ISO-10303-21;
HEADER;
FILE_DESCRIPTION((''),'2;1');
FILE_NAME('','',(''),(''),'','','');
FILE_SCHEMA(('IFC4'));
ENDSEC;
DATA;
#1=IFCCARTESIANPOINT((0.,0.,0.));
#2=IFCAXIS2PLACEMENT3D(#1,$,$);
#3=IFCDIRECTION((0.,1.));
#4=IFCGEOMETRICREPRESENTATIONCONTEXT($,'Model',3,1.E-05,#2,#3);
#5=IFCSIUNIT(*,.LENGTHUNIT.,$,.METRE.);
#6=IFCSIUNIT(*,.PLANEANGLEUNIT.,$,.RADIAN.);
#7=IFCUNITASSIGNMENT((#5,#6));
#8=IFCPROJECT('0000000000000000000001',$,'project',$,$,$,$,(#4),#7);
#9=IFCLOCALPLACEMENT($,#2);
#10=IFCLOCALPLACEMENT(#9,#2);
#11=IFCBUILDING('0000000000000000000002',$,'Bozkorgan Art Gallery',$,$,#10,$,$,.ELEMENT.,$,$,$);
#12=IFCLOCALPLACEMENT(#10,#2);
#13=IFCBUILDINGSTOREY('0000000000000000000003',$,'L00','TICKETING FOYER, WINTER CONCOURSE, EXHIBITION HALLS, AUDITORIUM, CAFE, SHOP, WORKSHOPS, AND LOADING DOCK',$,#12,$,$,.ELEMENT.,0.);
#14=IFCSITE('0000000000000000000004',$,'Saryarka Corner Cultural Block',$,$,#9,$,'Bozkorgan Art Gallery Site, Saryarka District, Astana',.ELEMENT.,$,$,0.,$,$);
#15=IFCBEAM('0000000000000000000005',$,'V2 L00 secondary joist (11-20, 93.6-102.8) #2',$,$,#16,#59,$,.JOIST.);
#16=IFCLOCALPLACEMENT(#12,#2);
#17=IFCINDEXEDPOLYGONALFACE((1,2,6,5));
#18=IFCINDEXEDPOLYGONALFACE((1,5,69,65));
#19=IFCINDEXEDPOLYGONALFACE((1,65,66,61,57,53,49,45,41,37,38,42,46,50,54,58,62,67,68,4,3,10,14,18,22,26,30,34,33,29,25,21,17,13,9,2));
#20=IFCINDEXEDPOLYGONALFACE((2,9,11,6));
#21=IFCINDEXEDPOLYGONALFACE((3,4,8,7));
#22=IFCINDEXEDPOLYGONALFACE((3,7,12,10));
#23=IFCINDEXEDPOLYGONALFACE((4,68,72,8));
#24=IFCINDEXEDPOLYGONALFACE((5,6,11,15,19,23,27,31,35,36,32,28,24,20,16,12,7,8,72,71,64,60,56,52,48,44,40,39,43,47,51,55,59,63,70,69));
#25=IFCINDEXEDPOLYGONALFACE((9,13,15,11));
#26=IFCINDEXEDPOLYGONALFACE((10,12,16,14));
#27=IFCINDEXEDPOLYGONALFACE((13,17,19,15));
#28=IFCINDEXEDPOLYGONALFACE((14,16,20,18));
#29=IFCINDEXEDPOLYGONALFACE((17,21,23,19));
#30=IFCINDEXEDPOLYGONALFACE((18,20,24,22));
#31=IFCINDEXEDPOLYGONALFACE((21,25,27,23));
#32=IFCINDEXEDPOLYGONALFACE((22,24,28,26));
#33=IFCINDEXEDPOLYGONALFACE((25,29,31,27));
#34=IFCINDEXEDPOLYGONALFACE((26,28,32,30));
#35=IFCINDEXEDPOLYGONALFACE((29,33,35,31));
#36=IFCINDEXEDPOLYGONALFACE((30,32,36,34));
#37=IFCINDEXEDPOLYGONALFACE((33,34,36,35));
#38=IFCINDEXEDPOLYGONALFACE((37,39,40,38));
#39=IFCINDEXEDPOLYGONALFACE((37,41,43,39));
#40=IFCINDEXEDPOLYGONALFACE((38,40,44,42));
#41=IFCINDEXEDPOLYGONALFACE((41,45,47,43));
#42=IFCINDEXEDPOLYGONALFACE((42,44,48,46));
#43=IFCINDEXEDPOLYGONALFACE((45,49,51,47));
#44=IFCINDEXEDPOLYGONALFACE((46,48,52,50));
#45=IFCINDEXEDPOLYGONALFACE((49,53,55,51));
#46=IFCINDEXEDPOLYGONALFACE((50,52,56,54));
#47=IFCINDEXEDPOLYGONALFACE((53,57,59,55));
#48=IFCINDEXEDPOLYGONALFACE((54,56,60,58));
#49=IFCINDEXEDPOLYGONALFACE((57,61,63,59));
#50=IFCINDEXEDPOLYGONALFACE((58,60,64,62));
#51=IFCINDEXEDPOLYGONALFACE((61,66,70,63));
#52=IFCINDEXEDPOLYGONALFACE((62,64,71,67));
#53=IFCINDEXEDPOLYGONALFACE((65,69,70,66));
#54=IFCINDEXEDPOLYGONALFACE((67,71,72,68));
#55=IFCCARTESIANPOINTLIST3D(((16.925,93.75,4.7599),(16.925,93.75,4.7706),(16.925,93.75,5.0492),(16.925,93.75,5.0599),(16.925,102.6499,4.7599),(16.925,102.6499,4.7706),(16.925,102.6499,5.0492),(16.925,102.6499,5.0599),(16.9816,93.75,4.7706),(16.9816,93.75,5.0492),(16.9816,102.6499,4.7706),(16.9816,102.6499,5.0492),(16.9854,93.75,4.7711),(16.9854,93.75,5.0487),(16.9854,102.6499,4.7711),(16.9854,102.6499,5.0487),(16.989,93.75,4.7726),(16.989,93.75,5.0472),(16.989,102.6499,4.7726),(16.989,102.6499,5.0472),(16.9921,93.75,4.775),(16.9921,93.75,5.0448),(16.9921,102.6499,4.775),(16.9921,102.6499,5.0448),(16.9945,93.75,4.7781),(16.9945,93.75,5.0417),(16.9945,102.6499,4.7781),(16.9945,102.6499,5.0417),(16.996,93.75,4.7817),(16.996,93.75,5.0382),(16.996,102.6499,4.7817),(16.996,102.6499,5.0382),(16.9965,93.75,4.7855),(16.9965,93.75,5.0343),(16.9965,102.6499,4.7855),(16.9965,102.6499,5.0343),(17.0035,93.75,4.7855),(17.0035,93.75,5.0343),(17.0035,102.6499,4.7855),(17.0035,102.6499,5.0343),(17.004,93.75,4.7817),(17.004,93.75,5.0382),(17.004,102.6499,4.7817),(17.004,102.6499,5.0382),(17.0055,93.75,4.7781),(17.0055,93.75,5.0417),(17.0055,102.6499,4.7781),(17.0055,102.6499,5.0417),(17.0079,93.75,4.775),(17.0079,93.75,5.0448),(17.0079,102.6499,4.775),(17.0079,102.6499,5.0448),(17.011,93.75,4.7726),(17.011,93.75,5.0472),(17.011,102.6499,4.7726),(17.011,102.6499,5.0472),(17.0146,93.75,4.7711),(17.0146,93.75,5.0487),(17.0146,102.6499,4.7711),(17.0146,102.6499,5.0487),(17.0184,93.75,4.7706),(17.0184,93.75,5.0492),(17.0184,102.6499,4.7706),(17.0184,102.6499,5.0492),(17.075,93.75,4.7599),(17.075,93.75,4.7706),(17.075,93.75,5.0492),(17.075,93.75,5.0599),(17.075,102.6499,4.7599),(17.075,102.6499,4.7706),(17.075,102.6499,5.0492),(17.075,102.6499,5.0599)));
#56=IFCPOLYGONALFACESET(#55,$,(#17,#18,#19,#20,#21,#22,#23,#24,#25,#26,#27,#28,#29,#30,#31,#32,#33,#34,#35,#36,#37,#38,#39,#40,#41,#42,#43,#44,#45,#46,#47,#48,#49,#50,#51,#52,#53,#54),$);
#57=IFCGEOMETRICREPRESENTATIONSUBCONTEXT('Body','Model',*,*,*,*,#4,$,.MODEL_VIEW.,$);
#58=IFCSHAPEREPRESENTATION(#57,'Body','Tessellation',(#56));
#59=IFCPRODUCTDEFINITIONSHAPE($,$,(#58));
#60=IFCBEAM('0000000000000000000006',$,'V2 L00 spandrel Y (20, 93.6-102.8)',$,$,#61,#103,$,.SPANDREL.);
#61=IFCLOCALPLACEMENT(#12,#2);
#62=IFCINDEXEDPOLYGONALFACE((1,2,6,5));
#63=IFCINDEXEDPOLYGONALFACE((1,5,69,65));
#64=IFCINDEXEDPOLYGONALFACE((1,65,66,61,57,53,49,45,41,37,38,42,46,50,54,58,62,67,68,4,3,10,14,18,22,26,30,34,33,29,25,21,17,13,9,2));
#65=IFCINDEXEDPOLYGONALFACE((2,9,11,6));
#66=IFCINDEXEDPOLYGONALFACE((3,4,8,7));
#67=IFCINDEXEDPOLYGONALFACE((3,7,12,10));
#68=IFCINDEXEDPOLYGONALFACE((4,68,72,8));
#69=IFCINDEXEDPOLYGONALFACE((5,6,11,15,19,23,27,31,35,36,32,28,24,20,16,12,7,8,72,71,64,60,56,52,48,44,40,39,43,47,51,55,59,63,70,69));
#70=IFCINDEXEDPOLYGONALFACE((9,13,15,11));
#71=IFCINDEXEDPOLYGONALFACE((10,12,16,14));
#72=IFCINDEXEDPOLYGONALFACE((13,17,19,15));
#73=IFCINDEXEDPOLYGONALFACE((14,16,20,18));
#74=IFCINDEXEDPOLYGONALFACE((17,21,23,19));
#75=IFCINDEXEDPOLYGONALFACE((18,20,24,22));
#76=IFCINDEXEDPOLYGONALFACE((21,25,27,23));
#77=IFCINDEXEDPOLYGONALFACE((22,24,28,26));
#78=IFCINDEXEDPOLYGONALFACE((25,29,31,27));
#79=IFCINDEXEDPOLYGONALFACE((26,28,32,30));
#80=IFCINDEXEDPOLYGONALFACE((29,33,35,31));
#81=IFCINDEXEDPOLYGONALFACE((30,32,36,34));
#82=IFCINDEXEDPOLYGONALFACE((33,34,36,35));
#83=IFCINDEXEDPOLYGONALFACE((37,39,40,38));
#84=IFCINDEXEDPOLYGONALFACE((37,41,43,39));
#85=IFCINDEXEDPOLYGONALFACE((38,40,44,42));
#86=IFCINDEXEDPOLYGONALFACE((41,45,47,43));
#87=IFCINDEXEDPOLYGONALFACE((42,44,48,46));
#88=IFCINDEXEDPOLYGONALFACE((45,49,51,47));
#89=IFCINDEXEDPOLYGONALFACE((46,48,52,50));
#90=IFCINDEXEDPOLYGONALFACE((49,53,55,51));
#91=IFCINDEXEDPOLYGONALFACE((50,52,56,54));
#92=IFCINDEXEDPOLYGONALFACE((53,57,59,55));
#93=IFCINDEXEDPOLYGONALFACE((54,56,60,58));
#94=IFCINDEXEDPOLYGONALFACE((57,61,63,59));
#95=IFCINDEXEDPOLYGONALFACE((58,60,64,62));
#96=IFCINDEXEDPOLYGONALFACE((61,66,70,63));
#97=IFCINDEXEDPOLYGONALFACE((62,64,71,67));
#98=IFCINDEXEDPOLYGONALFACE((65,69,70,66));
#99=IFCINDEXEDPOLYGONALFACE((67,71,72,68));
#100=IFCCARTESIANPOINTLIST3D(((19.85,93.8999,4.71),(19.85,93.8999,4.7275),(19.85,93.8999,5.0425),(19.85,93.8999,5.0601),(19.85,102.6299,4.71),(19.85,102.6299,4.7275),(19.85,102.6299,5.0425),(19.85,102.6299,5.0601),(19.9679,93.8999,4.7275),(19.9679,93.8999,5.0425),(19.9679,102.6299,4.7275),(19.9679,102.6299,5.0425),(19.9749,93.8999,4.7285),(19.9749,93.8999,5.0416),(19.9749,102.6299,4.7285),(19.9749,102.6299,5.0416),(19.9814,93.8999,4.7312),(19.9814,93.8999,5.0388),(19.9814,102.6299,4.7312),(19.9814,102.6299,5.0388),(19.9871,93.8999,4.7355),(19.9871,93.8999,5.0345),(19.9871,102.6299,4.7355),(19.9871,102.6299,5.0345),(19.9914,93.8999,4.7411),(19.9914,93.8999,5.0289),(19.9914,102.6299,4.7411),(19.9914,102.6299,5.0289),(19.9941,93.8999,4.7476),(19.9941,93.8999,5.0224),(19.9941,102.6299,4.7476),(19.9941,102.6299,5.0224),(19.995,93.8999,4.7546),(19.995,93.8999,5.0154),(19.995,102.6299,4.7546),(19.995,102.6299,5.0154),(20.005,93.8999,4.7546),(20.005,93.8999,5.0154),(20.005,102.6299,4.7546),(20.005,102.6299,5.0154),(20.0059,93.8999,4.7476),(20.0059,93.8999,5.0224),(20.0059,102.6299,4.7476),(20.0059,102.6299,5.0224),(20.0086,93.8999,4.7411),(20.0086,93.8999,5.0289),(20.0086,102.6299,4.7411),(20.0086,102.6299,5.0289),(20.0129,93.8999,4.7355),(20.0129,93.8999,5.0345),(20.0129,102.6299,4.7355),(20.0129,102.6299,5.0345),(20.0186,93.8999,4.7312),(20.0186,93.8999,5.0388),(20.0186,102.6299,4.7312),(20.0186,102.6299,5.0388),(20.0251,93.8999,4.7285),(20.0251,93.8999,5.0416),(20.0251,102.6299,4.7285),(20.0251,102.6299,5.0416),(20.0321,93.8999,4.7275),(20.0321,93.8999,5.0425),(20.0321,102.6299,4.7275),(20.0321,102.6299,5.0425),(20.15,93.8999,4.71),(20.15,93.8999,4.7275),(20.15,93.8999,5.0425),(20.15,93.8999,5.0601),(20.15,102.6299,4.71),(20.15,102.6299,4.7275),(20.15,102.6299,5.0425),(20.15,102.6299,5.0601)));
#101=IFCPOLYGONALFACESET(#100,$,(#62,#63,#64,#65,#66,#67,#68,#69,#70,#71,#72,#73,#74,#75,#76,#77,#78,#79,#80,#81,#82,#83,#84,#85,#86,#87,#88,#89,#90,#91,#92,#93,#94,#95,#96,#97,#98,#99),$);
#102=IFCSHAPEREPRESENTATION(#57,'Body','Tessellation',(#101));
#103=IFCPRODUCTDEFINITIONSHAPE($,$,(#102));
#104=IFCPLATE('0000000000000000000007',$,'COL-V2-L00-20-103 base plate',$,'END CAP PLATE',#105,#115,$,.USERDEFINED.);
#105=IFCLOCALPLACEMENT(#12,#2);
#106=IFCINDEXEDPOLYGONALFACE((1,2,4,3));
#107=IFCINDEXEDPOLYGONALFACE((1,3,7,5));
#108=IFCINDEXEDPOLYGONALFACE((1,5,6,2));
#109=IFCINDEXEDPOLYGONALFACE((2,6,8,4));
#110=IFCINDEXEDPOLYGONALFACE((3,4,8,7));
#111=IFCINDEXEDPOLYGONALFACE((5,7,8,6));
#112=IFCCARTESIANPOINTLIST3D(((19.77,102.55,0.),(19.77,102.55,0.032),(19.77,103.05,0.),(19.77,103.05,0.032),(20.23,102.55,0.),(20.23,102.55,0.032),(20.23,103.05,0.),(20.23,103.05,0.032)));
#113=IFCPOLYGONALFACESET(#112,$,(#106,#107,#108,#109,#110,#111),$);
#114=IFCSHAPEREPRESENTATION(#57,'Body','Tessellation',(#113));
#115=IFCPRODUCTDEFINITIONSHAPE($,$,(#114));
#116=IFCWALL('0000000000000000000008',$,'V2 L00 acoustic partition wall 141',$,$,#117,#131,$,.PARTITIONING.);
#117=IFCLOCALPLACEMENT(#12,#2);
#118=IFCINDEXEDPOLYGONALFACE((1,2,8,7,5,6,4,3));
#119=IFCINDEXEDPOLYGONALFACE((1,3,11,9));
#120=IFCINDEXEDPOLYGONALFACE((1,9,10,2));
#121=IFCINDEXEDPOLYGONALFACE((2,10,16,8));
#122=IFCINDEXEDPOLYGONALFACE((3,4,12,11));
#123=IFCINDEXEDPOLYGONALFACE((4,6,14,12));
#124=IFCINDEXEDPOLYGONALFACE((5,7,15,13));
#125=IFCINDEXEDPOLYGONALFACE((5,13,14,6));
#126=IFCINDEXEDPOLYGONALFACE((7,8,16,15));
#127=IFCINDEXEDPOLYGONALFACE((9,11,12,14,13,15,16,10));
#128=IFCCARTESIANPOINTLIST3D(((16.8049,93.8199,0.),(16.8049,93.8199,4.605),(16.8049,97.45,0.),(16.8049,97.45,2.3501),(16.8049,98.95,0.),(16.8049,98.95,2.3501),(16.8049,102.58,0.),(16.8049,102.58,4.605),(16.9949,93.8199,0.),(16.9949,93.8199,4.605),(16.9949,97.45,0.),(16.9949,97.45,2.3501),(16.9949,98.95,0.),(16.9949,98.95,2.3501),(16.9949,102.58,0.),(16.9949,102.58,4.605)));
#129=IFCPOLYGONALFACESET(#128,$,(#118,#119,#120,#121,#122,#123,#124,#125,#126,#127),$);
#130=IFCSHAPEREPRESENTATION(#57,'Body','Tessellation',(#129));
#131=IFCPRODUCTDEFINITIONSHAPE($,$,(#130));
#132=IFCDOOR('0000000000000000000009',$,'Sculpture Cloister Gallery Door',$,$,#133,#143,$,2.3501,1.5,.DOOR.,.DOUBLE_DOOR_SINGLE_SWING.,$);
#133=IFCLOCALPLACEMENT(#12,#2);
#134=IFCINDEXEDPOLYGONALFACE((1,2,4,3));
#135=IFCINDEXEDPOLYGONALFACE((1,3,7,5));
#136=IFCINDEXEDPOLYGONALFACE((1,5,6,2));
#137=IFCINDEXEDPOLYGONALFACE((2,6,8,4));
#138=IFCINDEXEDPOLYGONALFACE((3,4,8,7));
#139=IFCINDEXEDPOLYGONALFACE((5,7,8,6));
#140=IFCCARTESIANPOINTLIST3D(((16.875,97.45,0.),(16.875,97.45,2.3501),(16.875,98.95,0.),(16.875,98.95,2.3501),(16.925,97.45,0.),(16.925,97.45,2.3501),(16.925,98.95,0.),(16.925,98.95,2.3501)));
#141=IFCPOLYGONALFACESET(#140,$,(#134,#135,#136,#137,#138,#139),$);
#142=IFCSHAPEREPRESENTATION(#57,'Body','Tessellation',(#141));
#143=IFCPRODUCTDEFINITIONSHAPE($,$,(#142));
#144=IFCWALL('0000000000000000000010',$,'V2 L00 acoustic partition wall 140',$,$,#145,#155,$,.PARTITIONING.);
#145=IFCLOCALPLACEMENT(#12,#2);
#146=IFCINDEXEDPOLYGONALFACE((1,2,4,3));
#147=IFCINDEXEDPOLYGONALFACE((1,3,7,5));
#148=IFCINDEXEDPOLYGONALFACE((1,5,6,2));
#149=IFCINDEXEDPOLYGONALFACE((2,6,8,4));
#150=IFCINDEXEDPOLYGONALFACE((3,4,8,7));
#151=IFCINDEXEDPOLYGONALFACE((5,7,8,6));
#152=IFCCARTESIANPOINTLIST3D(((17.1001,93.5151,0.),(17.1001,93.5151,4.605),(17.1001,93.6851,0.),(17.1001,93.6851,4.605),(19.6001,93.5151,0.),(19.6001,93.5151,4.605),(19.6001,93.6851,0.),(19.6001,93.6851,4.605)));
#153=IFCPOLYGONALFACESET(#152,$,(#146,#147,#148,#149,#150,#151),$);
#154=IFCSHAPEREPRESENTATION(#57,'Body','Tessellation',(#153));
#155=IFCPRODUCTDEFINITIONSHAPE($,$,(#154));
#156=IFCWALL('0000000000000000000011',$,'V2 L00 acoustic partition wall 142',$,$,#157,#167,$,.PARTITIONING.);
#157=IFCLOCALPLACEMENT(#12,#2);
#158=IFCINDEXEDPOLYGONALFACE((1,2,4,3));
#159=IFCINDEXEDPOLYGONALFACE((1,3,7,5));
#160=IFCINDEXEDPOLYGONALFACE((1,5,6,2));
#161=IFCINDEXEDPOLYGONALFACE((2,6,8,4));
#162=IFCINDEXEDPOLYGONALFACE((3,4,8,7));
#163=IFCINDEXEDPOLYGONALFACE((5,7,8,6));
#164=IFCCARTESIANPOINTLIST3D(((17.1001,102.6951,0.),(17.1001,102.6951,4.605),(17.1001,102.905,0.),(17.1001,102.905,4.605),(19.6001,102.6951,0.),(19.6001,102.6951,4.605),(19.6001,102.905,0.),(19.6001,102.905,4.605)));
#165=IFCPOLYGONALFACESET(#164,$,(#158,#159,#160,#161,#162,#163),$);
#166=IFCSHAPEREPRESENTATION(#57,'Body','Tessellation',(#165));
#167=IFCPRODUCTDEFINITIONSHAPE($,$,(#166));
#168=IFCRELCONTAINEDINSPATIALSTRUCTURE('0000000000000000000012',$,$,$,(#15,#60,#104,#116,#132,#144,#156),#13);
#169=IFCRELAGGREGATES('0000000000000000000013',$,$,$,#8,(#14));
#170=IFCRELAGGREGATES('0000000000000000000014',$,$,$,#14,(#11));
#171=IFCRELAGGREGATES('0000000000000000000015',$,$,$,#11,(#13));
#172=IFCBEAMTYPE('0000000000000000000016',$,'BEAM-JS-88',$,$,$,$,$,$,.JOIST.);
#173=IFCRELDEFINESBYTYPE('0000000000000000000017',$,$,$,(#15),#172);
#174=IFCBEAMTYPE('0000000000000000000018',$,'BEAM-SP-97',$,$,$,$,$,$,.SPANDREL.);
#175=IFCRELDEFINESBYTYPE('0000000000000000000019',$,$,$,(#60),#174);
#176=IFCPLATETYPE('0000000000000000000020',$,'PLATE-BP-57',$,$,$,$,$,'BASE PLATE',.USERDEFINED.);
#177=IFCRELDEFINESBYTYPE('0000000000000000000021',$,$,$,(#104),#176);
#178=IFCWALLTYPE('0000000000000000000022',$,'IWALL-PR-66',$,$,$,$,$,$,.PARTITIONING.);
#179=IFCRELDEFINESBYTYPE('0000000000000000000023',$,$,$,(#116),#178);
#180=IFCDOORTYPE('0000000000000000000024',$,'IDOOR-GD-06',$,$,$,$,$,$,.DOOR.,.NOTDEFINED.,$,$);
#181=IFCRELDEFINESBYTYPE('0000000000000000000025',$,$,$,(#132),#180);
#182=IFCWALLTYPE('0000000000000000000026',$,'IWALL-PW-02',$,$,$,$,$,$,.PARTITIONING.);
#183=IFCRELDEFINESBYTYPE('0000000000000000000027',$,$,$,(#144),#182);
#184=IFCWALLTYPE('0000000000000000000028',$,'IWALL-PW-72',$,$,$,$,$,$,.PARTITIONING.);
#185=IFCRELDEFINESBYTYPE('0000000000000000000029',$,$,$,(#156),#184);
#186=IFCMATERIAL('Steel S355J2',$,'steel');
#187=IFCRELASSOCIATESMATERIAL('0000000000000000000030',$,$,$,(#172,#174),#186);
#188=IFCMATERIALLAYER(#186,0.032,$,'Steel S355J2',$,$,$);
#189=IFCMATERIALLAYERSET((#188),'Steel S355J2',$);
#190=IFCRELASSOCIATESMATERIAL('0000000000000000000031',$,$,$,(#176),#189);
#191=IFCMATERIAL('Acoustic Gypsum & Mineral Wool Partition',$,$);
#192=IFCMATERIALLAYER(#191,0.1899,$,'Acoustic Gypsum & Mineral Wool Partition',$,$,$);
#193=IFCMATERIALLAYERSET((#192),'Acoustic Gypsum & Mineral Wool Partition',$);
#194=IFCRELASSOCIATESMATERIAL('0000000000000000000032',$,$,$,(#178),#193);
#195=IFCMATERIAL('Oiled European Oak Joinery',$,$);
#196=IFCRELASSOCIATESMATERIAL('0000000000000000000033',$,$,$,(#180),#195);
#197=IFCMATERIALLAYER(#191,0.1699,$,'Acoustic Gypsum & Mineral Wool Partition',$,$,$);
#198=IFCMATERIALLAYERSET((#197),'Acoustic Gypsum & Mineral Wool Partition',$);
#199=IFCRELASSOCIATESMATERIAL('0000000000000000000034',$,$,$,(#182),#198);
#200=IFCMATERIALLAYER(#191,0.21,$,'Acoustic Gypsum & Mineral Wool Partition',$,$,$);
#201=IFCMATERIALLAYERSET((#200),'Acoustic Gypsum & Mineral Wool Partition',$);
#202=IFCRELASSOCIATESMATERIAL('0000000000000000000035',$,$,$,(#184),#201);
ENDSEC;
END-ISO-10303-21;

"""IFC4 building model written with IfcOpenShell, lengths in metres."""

from ifc_helpers import new_model, si_unit, direction, frame, frame_2d, origin, origin_2d, place, context, subcontext, project, spatial, rectangle, i_section, extrude, material, layer, layer_set, material_profile, profile_set, type_object, element, fill, save


model = new_model("IFC4")

# Units and contexts
model_context = context("Model", 3, precision=1e-05, world=origin(), true_north=direction((0.0, 1.0)))
body_context = subcontext(model_context, "Body", "Model", "MODEL_VIEW")
ifc_project = project(units=[si_unit("LENGTHUNIT", "METRE"), si_unit("PLANEANGLEUNIT", "RADIAN")], contexts=[model_context])

# Site, building, storey
site_placement = place(None, origin())
site = spatial("IfcSite", under=ifc_project, at=site_placement, Name="Saryarka Corner Cultural Block", LongName="Bozkorgan Art Gallery Site, Saryarka District, Astana", CompositionType="ELEMENT", RefElevation=0.0)
building_placement = place(site_placement, origin())
building = spatial("IfcBuilding", under=site, at=building_placement, Name="Bozkorgan Art Gallery", CompositionType="ELEMENT")
storey_placement = place(building_placement, origin())
storey = spatial("IfcBuildingStorey", under=building, at=storey_placement, Name="L00", Description="TICKETING FOYER, WINTER CONCOURSE, EXHIBITION HALLS, AUDITORIUM, CAFE, SHOP, WORKSHOPS, AND LOADING DOCK", CompositionType="ELEMENT", Elevation=0.0)

# Shared definitions
ifc_material_1 = material(Name="Steel S355J2", Category="steel")

# Beams
ifc_material_profile_1 = material_profile(ifc_material_1, i_section(OverallWidth=0.1499, OverallDepth=0.3, WebThickness=0.0071, FlangeThickness=0.0107, FilletRadius=0.0149, at=origin_2d()), Name="IPE 300")
ifc_profile_set_1 = profile_set([ifc_material_profile_1], Name="Steel S355J2")
beam_type_1 = type_object("IfcBeamType", Name="BEAM-JS-88", PredefinedType="JOIST", material=ifc_profile_set_1)
for number, where, z_axis, x_axis, name in (
    (1, (17.0, 93.75, 4.9099), (0.0, 1.0, 0.0), (-1.0, 0.0, 0.0), "V2 L00 secondary joist (11-20, 93.6-102.8) #2"),
):
    element("IfcBeam", number, at=place(storey_placement, frame(where, z_axis=z_axis, x_axis=x_axis)), inside=storey, type_object=beam_type_1, Name=name, PredefinedType="JOIST", context=body_context, shape_type="SweptSolid", body=[
        extrude(i_section(OverallWidth=0.1499, OverallDepth=0.3, WebThickness=0.0071, FlangeThickness=0.0107, FilletRadius=0.0149, at=origin_2d()), origin(), (0.0, 0.0, 1.0), 8.8999),
    ])
ifc_material_profile_2 = material_profile(ifc_material_1, i_section(OverallWidth=0.3, OverallDepth=0.3501, WebThickness=0.01, FlangeThickness=0.0176, FilletRadius=0.0271, at=origin_2d()), Name="HEA 360")
ifc_profile_set_2 = profile_set([ifc_material_profile_2], Name="Steel S355J2")
beam_type_2 = type_object("IfcBeamType", Name="BEAM-SP-97", PredefinedType="SPANDREL", material=ifc_profile_set_2)
beam_1_placement = place(storey_placement, frame((20.0, 93.8999, 4.885), z_axis=(0.0, 1.0, 0.0), x_axis=(-1.0, 0.0, 0.0)))
element("IfcBeam", 2, at=beam_1_placement, inside=storey, type_object=beam_type_2, Name="V2 L00 spandrel Y (20, 93.6-102.8)", PredefinedType="SPANDREL", context=body_context, shape_type="SweptSolid", body=[
    extrude(i_section(OverallWidth=0.3, OverallDepth=0.3501, WebThickness=0.01, FlangeThickness=0.0176, FilletRadius=0.0271, at=origin_2d()), origin(), (0.0, 0.0, 1.0), 8.73),
])

# Plate
ifc_layer_1 = layer(ifc_material_1, 0.032, Name="Steel S355J2")
ifc_layer_set_1 = layer_set([ifc_layer_1], Name="Steel S355J2")
plate_type = type_object("IfcPlateType", Name="PLATE-BP-57", ElementType="BASE PLATE", PredefinedType="USERDEFINED", material=ifc_layer_set_1)
plate_placement = place(storey_placement, frame((20.0, 102.8, 0.0), z_axis=(0.0, 0.0, 1.0), x_axis=(1.0, 0.0, 0.0)))
element("IfcPlate", 3, at=plate_placement, inside=storey, type_object=plate_type, Name="COL-V2-L00-20-103 base plate", ObjectType="END CAP PLATE", PredefinedType="USERDEFINED", context=body_context, shape_type="SweptSolid", body=[
    extrude(rectangle(XDim=0.46, YDim=0.5, at=origin_2d()), origin(), (0.0, 0.0, 1.0), 0.032),
])

# Wall, opening, door
ifc_material_2 = material(Name="Acoustic Gypsum & Mineral Wool Partition")
ifc_layer_2 = layer(ifc_material_2, 0.1899, Name="Acoustic Gypsum & Mineral Wool Partition")
ifc_layer_set_2 = layer_set([ifc_layer_2], Name="Acoustic Gypsum & Mineral Wool Partition")
wall_type_1 = type_object("IfcWallType", Name="IWALL-PR-66", PredefinedType="PARTITIONING", material=ifc_layer_set_2)
wall_1_placement = place(storey_placement, frame((16.8999, 93.8201, 0.0), z_axis=(0.0, 0.0, 1.0), x_axis=(0.0, 1.0, 0.0)))
wall_1 = element("IfcWall", 4, at=wall_1_placement, inside=storey, type_object=wall_type_1, Name="V2 L00 acoustic partition wall 141", PredefinedType="PARTITIONING", context=body_context, shape_type="SweptSolid", body=[
    extrude(rectangle(XDim=8.76, YDim=0.1899, at=frame_2d((4.3799, 0.0))), origin(), (0.0, 0.0, 1.0), 4.605),
])
opening_1_placement = place(wall_1_placement, frame((3.6299, 0.0, 0.0)))
opening_1 = element("IfcOpeningElement", 5, at=opening_1_placement, cuts=wall_1, PredefinedType="OPENING", context=body_context, shape_type="SweptSolid", body=[
    extrude(rectangle(XDim=1.5, YDim=2.3501, at=frame_2d((0.75, 1.175))), frame((0.0, 0.105, 0.0), z_axis=(0.0, -1.0, 0.0), x_axis=(1.0, 0.0, 0.0)), (0.0, 0.0, 1.0), 0.21),
])
ifc_material_3 = material(Name="Oiled European Oak Joinery")
door_type = type_object("IfcDoorType", Name="IDOOR-GD-06", OperationType="NOTDEFINED", PredefinedType="DOOR", material=ifc_material_3)
door_placement = place(opening_1_placement, origin())
door = element("IfcDoor", 6, at=door_placement, inside=storey, type_object=door_type, Name="Sculpture Cloister Gallery Door", OperationType="DOUBLE_DOOR_SINGLE_SWING", OverallHeight=2.3501, OverallWidth=1.5, PredefinedType="DOOR", context=body_context, shape_type="SweptSolid", body=[
    extrude(rectangle(XDim=1.5, YDim=2.3501, at=frame_2d((0.75, 1.175))), frame((0.0, 0.0249, 0.0), z_axis=(0.0, -1.0, 0.0), x_axis=(1.0, 0.0, 0.0)), (0.0, 0.0, 1.0), 0.05),
])
fill(opening_1, door)

# Walls
ifc_layer_3 = layer(ifc_material_2, 0.1699, Name="Acoustic Gypsum & Mineral Wool Partition")
ifc_layer_set_3 = layer_set([ifc_layer_3], Name="Acoustic Gypsum & Mineral Wool Partition")
wall_type_2 = type_object("IfcWallType", Name="IWALL-PW-02", PredefinedType="PARTITIONING", material=ifc_layer_set_3)
wall_2_placement = place(storey_placement, frame((17.1001, 93.6001, 0.0), z_axis=(0.0, 0.0, 1.0), x_axis=(1.0, 0.0, 0.0)))
element("IfcWall", 7, at=wall_2_placement, inside=storey, type_object=wall_type_2, Name="V2 L00 acoustic partition wall 140", PredefinedType="PARTITIONING", context=body_context, shape_type="SweptSolid", body=[
    extrude(rectangle(XDim=2.5, YDim=0.1699, at=frame_2d((1.25, 0.0))), origin(), (0.0, 0.0, 1.0), 4.605),
])
ifc_layer_4 = layer(ifc_material_2, 0.21, Name="Acoustic Gypsum & Mineral Wool Partition")
ifc_layer_set_4 = layer_set([ifc_layer_4], Name="Acoustic Gypsum & Mineral Wool Partition")
wall_type_3 = type_object("IfcWallType", Name="IWALL-PW-72", PredefinedType="PARTITIONING", material=ifc_layer_set_4)
wall_3_placement = place(storey_placement, frame((17.1001, 102.8, 0.0), z_axis=(0.0, 0.0, 1.0), x_axis=(1.0, 0.0, 0.0)))
element("IfcWall", 8, at=wall_3_placement, inside=storey, type_object=wall_type_3, Name="V2 L00 acoustic partition wall 142", PredefinedType="PARTITIONING", context=body_context, shape_type="SweptSolid", body=[
    extrude(rectangle(XDim=2.5, YDim=0.21, at=frame_2d((1.25, 0.0))), origin(), (0.0, 0.0, 1.0), 4.605),
])

save(model, "model.ifc")
